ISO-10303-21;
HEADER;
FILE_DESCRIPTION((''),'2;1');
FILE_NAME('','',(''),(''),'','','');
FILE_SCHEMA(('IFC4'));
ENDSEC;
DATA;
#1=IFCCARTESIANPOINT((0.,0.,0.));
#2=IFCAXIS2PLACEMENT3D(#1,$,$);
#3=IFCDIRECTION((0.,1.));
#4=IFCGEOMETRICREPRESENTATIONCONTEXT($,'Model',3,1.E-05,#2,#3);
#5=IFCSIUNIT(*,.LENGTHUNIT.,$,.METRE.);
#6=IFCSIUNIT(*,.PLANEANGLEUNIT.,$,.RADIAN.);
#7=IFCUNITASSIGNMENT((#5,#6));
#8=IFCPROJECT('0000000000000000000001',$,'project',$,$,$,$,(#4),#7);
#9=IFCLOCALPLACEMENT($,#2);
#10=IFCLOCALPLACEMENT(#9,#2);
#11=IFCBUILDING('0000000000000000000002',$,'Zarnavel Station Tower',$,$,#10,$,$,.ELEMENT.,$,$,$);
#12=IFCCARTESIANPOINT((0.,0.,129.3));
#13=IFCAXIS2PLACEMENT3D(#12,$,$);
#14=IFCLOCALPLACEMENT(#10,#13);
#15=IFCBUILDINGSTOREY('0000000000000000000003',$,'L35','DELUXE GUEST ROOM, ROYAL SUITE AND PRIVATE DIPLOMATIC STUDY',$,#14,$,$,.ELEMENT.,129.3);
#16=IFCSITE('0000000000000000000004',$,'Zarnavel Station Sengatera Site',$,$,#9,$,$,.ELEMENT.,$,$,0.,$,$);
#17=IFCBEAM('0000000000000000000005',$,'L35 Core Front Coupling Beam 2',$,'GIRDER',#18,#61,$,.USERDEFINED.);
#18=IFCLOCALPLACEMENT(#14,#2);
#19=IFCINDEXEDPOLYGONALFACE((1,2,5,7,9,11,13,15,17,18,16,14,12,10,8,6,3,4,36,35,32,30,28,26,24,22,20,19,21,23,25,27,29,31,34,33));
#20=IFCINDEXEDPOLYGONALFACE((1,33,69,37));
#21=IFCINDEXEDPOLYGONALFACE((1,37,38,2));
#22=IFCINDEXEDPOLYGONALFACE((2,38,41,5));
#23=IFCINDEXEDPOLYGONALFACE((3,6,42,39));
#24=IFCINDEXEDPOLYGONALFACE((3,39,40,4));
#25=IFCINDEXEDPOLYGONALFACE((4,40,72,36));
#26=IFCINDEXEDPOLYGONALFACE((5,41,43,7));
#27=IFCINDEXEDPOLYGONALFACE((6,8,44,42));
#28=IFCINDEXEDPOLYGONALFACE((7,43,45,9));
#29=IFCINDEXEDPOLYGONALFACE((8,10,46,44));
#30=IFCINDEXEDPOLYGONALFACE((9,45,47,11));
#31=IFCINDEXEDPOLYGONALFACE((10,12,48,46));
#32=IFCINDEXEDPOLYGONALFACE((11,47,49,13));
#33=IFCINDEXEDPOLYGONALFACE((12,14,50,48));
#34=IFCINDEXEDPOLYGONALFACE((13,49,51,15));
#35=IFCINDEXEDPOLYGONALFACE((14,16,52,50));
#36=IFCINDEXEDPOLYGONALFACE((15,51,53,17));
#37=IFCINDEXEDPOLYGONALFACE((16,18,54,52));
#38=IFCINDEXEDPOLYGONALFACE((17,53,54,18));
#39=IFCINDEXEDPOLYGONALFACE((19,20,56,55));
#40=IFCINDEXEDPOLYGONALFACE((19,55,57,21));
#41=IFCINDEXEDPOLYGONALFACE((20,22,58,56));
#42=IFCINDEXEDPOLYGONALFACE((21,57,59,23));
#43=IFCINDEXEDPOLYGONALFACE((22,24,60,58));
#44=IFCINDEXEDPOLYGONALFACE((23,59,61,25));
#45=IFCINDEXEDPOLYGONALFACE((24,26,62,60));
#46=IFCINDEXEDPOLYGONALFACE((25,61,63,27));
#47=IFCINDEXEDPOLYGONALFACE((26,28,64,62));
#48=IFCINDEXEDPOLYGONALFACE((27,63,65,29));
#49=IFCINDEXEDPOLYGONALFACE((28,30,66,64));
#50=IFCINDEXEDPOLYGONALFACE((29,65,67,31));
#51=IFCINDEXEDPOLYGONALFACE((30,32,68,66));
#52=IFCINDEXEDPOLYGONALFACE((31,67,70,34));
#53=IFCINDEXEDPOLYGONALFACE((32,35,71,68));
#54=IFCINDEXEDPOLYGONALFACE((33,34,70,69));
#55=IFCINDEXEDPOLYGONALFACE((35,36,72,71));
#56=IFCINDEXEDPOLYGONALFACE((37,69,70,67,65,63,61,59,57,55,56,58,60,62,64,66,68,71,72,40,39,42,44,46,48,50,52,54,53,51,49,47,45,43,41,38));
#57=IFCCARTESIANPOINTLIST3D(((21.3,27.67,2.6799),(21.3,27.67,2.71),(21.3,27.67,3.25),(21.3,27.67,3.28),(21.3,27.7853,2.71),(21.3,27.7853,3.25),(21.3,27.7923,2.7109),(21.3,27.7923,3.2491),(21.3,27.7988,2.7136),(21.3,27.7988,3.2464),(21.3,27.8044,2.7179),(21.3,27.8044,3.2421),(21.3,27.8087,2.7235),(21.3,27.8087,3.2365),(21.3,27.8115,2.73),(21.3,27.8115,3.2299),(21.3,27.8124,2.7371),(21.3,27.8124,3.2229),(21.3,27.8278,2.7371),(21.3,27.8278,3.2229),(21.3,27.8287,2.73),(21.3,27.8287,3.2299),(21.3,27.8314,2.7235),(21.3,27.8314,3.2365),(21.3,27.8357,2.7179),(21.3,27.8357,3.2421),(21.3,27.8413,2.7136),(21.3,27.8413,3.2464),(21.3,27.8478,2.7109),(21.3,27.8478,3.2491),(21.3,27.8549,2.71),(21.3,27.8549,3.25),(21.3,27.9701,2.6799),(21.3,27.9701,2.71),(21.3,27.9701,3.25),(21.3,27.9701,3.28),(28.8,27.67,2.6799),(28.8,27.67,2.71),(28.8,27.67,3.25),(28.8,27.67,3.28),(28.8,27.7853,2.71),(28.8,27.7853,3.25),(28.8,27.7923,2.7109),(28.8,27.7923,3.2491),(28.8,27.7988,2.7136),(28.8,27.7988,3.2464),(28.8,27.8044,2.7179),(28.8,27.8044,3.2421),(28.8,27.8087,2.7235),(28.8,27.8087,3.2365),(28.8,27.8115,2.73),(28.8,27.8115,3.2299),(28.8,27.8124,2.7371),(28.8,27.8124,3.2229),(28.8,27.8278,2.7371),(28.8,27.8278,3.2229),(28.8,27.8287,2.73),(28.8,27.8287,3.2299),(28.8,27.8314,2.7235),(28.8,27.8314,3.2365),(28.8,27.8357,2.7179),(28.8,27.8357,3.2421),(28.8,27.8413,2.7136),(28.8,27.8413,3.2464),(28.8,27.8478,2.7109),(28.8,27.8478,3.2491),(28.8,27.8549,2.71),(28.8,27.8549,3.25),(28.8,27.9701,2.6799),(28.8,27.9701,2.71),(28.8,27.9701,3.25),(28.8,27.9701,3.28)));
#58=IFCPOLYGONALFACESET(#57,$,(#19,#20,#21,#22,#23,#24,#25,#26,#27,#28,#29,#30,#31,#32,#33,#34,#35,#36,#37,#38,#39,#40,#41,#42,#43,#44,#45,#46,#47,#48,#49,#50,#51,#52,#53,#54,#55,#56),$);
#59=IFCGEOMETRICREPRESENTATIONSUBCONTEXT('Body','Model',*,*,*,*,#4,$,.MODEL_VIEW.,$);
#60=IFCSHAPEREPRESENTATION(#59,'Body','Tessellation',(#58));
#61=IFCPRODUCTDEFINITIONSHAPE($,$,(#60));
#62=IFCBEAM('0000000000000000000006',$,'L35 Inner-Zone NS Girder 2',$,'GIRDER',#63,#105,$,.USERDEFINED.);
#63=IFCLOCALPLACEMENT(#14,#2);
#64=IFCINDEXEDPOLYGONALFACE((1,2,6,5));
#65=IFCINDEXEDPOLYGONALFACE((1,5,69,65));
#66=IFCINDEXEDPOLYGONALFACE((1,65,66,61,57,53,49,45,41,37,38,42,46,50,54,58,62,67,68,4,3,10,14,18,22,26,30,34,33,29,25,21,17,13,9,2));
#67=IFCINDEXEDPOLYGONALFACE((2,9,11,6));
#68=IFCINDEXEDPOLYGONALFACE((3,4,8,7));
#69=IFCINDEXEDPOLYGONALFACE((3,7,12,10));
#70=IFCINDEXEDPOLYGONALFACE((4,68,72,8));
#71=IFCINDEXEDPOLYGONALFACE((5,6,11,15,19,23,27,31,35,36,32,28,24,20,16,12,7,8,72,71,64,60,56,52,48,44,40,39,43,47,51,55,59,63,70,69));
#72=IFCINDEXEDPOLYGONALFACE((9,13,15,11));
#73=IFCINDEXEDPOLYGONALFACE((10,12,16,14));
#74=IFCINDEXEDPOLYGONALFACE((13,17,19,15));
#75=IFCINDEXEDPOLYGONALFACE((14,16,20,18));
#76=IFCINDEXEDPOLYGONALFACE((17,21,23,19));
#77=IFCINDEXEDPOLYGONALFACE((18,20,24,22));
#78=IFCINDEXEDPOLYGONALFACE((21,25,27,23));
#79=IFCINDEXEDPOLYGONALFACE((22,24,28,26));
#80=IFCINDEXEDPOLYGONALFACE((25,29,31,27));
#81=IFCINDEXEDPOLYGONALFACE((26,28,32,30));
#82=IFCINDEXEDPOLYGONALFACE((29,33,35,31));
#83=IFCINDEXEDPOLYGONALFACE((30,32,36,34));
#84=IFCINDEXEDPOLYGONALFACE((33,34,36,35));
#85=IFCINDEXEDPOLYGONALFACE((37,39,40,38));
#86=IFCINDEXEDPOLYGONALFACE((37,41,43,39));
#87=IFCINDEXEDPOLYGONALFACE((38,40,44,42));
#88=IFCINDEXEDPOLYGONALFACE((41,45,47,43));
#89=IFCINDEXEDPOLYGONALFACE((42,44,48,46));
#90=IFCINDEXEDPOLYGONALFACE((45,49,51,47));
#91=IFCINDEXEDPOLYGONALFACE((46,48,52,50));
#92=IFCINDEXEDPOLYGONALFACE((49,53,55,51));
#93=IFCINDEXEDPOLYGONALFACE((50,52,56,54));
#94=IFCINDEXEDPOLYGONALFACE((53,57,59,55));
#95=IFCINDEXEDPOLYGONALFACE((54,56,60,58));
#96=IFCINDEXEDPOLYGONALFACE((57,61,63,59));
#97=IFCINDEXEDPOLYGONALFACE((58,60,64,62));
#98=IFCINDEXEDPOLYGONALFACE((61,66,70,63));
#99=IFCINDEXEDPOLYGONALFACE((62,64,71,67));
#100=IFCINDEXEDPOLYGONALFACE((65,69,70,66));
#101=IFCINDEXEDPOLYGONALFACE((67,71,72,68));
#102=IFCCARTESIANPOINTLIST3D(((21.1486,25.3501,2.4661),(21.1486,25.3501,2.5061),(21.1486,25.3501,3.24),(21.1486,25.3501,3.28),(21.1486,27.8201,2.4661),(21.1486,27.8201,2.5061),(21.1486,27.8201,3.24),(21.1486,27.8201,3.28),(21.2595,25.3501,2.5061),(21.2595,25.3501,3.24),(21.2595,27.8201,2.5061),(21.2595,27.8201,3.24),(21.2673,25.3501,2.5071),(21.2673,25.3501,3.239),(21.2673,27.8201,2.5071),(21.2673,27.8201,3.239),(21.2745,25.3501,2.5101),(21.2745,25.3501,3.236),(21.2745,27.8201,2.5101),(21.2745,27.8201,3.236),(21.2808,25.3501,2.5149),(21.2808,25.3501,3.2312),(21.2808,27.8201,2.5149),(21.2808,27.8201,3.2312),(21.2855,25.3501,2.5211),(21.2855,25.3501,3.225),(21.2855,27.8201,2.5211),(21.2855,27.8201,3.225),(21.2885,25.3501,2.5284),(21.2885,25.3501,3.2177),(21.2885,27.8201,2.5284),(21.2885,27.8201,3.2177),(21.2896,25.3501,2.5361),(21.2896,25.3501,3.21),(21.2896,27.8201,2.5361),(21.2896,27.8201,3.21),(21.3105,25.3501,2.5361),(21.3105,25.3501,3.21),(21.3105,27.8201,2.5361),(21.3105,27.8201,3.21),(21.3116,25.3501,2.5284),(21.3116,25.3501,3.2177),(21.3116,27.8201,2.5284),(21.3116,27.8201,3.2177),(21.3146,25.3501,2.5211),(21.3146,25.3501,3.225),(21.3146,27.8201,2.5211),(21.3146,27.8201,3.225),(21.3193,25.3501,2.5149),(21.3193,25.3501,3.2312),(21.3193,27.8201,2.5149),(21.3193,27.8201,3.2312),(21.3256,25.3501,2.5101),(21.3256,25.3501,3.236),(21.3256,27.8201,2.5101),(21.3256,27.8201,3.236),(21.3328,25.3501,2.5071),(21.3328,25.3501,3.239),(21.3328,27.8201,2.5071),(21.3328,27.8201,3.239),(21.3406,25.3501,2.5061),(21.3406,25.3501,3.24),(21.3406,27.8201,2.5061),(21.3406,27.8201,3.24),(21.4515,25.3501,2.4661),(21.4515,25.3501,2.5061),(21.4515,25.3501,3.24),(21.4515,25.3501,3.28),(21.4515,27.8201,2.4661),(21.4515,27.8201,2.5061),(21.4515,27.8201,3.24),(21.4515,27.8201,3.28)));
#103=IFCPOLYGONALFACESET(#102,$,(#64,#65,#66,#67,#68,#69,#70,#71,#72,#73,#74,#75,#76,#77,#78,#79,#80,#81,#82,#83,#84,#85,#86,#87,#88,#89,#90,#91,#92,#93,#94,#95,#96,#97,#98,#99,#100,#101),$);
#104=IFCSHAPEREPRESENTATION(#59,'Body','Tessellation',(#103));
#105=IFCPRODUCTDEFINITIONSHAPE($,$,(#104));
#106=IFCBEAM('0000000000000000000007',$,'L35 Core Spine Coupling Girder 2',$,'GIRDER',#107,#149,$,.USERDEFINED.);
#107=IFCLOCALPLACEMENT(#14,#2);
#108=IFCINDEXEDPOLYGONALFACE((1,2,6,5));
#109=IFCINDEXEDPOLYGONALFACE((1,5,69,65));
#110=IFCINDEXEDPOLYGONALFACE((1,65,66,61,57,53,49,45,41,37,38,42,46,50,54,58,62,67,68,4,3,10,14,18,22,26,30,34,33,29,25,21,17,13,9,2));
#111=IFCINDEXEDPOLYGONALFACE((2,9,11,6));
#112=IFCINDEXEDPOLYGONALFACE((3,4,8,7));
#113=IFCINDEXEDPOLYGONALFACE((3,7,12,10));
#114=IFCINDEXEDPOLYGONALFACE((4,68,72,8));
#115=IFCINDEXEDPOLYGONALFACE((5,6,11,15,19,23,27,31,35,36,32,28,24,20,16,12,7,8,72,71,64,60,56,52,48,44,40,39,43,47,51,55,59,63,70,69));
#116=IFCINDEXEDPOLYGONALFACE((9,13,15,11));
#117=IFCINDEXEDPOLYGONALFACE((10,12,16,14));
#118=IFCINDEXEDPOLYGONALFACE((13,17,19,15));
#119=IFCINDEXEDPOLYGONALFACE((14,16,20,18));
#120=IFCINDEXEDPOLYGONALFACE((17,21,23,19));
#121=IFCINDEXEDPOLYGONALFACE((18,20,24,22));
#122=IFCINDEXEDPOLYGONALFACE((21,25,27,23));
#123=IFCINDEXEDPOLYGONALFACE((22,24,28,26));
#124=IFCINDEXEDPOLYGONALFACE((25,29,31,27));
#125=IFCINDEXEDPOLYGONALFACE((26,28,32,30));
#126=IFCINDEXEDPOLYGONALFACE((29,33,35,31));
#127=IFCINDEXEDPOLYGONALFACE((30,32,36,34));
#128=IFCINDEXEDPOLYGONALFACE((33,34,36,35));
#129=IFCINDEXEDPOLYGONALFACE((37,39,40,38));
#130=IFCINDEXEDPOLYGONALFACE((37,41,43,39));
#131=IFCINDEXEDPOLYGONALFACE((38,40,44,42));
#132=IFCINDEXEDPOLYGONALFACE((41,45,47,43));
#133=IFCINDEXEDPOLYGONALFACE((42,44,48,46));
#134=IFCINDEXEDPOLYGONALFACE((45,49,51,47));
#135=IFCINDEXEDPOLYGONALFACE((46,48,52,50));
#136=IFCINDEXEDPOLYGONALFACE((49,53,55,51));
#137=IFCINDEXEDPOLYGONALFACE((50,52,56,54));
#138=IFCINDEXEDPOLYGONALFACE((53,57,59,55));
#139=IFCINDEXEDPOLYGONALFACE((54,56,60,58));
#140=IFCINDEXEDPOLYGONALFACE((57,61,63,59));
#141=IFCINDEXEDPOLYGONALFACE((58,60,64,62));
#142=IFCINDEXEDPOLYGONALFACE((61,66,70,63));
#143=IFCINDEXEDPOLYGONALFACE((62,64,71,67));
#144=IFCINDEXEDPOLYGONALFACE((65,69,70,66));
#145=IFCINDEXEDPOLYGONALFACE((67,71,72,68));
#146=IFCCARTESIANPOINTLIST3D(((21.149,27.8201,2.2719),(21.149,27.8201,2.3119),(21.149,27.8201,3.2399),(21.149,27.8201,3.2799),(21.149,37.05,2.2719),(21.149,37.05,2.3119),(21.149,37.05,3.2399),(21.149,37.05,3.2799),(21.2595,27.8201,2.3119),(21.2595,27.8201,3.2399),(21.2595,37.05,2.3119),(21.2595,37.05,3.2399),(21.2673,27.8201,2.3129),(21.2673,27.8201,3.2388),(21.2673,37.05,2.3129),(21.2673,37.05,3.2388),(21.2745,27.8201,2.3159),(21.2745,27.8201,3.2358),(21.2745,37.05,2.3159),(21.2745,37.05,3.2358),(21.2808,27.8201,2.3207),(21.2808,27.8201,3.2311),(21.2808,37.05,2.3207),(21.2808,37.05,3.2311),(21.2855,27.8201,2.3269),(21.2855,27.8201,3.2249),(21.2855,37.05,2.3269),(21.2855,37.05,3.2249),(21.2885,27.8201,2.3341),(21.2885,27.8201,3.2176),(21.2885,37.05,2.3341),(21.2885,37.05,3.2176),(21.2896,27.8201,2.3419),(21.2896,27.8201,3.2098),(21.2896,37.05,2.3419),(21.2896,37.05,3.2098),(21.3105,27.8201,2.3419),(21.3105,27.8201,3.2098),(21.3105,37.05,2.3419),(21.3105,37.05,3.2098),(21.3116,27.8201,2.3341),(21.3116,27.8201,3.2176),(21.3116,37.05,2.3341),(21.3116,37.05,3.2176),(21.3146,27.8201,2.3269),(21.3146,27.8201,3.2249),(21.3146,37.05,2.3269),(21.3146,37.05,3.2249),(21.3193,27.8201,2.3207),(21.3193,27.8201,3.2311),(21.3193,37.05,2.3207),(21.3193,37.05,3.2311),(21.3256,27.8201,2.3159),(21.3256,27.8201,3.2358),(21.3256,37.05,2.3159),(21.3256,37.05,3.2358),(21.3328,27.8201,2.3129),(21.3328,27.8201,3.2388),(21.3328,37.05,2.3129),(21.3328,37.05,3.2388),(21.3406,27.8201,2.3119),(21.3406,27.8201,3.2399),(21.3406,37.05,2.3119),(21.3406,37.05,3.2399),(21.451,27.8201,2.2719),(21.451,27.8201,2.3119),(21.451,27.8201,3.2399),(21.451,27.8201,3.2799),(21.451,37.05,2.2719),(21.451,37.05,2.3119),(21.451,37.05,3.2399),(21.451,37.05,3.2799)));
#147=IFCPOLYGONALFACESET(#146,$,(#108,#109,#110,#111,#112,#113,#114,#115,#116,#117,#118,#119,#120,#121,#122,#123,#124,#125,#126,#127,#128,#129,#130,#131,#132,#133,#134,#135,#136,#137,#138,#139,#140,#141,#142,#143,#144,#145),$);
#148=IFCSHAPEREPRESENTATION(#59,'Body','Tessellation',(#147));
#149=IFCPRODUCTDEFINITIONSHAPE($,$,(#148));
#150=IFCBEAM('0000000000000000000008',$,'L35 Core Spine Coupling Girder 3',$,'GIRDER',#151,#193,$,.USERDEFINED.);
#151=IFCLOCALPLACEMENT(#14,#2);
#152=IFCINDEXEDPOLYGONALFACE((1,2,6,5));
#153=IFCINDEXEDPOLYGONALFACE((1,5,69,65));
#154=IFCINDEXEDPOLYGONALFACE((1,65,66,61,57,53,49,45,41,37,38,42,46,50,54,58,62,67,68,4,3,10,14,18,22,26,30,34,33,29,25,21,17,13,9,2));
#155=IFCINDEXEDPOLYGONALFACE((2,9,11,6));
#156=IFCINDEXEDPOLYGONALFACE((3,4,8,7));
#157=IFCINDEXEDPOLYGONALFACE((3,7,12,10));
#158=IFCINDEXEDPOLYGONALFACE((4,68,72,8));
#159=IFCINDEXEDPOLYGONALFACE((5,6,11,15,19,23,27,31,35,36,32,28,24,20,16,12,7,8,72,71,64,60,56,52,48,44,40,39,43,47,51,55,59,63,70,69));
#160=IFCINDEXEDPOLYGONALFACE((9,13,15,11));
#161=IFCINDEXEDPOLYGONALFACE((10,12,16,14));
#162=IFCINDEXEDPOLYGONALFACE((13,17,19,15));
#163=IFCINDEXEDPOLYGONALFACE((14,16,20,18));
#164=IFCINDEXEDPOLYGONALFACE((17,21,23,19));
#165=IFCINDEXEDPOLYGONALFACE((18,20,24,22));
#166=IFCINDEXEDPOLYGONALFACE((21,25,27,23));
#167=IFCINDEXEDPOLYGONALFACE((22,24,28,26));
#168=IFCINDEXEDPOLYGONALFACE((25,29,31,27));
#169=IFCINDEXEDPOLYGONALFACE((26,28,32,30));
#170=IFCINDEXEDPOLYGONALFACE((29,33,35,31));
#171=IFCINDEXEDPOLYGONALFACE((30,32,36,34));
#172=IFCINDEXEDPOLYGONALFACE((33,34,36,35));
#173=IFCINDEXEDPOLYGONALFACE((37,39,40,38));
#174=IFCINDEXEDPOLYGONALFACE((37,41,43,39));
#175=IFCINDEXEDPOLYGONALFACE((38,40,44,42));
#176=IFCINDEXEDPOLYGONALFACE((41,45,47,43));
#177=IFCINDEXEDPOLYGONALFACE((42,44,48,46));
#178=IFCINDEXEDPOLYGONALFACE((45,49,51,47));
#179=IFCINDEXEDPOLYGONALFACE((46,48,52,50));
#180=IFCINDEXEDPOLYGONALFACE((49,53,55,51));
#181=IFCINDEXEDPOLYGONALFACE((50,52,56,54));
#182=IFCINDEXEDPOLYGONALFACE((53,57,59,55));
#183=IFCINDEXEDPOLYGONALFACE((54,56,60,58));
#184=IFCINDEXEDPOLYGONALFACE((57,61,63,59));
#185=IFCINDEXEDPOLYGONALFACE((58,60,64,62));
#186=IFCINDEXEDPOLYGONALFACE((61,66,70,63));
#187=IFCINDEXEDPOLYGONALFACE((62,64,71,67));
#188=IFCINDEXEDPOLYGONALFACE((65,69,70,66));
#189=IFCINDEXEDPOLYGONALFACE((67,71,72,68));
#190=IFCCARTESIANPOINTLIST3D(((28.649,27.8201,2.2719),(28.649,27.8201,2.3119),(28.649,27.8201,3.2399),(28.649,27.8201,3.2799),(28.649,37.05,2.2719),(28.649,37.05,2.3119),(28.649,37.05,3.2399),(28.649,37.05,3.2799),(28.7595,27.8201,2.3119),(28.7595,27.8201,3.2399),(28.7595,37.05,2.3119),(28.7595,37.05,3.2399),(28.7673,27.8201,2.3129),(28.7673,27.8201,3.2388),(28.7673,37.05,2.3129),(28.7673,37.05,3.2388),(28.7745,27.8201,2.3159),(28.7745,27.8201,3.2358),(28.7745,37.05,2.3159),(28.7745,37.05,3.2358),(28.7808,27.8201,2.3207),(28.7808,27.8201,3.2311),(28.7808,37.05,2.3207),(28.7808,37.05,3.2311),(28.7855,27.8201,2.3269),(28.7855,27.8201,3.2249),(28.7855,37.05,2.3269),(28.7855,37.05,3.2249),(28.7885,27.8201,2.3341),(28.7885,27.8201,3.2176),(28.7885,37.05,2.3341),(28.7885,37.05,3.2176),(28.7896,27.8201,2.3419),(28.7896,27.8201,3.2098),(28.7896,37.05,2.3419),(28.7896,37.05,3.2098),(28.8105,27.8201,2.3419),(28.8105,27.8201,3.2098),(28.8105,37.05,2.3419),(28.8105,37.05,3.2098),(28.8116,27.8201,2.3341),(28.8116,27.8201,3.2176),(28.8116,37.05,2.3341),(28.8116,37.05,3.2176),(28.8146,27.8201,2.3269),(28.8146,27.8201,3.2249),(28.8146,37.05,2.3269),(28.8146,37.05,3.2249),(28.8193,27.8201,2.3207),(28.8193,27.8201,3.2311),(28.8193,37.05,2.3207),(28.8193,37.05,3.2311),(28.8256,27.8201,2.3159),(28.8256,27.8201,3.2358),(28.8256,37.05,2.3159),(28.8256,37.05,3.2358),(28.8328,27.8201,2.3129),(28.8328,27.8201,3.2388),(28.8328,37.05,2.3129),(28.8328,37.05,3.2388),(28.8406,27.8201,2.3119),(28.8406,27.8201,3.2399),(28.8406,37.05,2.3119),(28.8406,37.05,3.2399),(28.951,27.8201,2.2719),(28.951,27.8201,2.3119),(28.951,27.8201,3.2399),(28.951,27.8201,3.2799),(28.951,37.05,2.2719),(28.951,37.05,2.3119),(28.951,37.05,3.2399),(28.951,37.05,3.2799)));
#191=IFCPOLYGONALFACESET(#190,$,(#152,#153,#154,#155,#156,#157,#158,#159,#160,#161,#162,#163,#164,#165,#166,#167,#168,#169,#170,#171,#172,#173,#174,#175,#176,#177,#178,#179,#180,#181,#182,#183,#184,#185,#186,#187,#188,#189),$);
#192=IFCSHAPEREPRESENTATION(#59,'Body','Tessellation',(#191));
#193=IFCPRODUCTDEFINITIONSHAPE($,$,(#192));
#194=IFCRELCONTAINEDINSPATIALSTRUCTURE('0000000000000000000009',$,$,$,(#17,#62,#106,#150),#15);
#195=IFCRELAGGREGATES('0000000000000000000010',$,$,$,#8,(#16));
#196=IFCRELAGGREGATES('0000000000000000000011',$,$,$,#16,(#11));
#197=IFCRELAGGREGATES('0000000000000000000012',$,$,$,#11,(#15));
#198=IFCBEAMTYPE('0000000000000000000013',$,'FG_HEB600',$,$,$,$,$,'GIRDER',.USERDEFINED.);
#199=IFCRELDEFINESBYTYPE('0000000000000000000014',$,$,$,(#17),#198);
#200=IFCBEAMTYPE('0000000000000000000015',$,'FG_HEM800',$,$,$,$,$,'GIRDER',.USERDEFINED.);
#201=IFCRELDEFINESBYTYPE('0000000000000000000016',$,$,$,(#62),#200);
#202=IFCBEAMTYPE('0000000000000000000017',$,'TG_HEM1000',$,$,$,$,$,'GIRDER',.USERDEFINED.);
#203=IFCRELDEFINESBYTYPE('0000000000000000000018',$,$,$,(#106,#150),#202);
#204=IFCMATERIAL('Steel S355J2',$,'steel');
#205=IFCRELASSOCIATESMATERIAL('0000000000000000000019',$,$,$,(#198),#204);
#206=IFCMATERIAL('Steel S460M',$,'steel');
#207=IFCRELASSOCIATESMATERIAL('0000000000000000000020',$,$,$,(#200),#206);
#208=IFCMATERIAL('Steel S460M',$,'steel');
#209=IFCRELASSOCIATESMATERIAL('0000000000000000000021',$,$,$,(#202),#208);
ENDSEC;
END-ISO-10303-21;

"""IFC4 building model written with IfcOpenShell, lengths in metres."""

from ifc_helpers import new_model, si_unit, direction, frame, origin, origin_2d, place, context, subcontext, project, spatial, i_section, extrude, material, material_profile, profile_set, type_object, element, save


model = new_model("IFC4")

# Units and contexts
model_context = context("Model", 3, precision=1e-05, world=origin(), true_north=direction((0.0, 1.0)))
body_context = subcontext(model_context, "Body", "Model", "MODEL_VIEW")
ifc_project = project(units=[si_unit("LENGTHUNIT", "METRE"), si_unit("PLANEANGLEUNIT", "RADIAN")], contexts=[model_context])

# Site, building, storey
site_placement = place(None, origin())
site = spatial("IfcSite", under=ifc_project, at=site_placement, Name="Zarnavel Station Sengatera Site", CompositionType="ELEMENT", RefElevation=0.0)
building_placement = place(site_placement, origin())
building = spatial("IfcBuilding", under=site, at=building_placement, Name="Zarnavel Station Tower", CompositionType="ELEMENT")
storey_placement = place(building_placement, frame((0.0, 0.0, 129.3)))
storey = spatial("IfcBuildingStorey", under=building, at=storey_placement, Name="L35", Description="DELUXE GUEST ROOM, ROYAL SUITE AND PRIVATE DIPLOMATIC STUDY", CompositionType="ELEMENT", Elevation=129.3)

# Beams
ifc_material_1 = material(Name="Steel S355J2", Category="steel")
ifc_material_profile_1 = material_profile(ifc_material_1, i_section(OverallWidth=0.3, OverallDepth=0.6001, WebThickness=0.0154, FlangeThickness=0.03, FilletRadius=0.0271, at=origin_2d()), Name="HEB600")
ifc_profile_set_1 = profile_set([ifc_material_profile_1], Name="Steel S355J2")
beam_type_1 = type_object("IfcBeamType", Name="FG_HEB600", ElementType="GIRDER", PredefinedType="USERDEFINED", material=ifc_profile_set_1)
beam_1_placement = place(storey_placement, frame((21.3, 27.8201, 2.98), z_axis=(1.0, 0.0, 0.0), x_axis=(0.0, 1.0, 0.0)))
element("IfcBeam", 1, at=beam_1_placement, inside=storey, type_object=beam_type_1, Name="L35 Core Front Coupling Beam 2", ObjectType="GIRDER", PredefinedType="USERDEFINED", context=body_context, shape_type="SweptSolid", body=[
    extrude(i_section(OverallWidth=0.3, OverallDepth=0.6001, WebThickness=0.0154, FlangeThickness=0.03, FilletRadius=0.0271, at=origin_2d()), origin(), (0.0, 0.0, 1.0), 7.5),
])
ifc_material_2 = material(Name="Steel S460M", Category="steel")
ifc_material_profile_2 = material_profile(ifc_material_2, i_section(OverallWidth=0.303, OverallDepth=0.814, WebThickness=0.021, FlangeThickness=0.04, FilletRadius=0.03, at=origin_2d()), Name="HEM800")
ifc_profile_set_2 = profile_set([ifc_material_profile_2], Name="Steel S460M")
beam_type_2 = type_object("IfcBeamType", Name="FG_HEM800", ElementType="GIRDER", PredefinedType="USERDEFINED", material=ifc_profile_set_2)
beam_2_placement = place(storey_placement, frame((21.3, 25.3501, 2.873), z_axis=(0.0, 1.0, 0.0), x_axis=(-1.0, 0.0, 0.0)))
element("IfcBeam", 2, at=beam_2_placement, inside=storey, type_object=beam_type_2, Name="L35 Inner-Zone NS Girder 2", ObjectType="GIRDER", PredefinedType="USERDEFINED", context=body_context, shape_type="SweptSolid", body=[
    extrude(i_section(OverallWidth=0.303, OverallDepth=0.814, WebThickness=0.021, FlangeThickness=0.04, FilletRadius=0.03, at=origin_2d()), origin(), (0.0, 0.0, 1.0), 2.47),
])
ifc_material_3 = material(Name="Steel S460M", Category="steel")
ifc_material_profile_3 = material_profile(ifc_material_3, i_section(OverallWidth=0.302, OverallDepth=1.0081, WebThickness=0.021, FlangeThickness=0.04, FilletRadius=0.03, at=origin_2d()), Name="HEM1000")
ifc_profile_set_3 = profile_set([ifc_material_profile_3], Name="Steel S460M")
beam_type_3 = type_object("IfcBeamType", Name="TG_HEM1000", ElementType="GIRDER", PredefinedType="USERDEFINED", material=ifc_profile_set_3)
for number, where, z_axis, x_axis, name in (
    (3, (21.3, 27.8201, 2.7759), (0.0, 1.0, 0.0), (-1.0, 0.0, 0.0), "L35 Core Spine Coupling Girder 2"),
    (4, (28.8, 27.8201, 2.7759), (0.0, 1.0, 0.0), (-1.0, 0.0, 0.0), "L35 Core Spine Coupling Girder 3"),
):
    element("IfcBeam", number, at=place(storey_placement, frame(where, z_axis=z_axis, x_axis=x_axis)), inside=storey, type_object=beam_type_3, Name=name, ObjectType="GIRDER", PredefinedType="USERDEFINED", context=body_context, shape_type="SweptSolid", body=[
        extrude(i_section(OverallWidth=0.302, OverallDepth=1.0081, WebThickness=0.021, FlangeThickness=0.04, FilletRadius=0.03, at=origin_2d()), origin(), (0.0, 0.0, 1.0), 9.23),
    ])

save(model, "model.ifc")
